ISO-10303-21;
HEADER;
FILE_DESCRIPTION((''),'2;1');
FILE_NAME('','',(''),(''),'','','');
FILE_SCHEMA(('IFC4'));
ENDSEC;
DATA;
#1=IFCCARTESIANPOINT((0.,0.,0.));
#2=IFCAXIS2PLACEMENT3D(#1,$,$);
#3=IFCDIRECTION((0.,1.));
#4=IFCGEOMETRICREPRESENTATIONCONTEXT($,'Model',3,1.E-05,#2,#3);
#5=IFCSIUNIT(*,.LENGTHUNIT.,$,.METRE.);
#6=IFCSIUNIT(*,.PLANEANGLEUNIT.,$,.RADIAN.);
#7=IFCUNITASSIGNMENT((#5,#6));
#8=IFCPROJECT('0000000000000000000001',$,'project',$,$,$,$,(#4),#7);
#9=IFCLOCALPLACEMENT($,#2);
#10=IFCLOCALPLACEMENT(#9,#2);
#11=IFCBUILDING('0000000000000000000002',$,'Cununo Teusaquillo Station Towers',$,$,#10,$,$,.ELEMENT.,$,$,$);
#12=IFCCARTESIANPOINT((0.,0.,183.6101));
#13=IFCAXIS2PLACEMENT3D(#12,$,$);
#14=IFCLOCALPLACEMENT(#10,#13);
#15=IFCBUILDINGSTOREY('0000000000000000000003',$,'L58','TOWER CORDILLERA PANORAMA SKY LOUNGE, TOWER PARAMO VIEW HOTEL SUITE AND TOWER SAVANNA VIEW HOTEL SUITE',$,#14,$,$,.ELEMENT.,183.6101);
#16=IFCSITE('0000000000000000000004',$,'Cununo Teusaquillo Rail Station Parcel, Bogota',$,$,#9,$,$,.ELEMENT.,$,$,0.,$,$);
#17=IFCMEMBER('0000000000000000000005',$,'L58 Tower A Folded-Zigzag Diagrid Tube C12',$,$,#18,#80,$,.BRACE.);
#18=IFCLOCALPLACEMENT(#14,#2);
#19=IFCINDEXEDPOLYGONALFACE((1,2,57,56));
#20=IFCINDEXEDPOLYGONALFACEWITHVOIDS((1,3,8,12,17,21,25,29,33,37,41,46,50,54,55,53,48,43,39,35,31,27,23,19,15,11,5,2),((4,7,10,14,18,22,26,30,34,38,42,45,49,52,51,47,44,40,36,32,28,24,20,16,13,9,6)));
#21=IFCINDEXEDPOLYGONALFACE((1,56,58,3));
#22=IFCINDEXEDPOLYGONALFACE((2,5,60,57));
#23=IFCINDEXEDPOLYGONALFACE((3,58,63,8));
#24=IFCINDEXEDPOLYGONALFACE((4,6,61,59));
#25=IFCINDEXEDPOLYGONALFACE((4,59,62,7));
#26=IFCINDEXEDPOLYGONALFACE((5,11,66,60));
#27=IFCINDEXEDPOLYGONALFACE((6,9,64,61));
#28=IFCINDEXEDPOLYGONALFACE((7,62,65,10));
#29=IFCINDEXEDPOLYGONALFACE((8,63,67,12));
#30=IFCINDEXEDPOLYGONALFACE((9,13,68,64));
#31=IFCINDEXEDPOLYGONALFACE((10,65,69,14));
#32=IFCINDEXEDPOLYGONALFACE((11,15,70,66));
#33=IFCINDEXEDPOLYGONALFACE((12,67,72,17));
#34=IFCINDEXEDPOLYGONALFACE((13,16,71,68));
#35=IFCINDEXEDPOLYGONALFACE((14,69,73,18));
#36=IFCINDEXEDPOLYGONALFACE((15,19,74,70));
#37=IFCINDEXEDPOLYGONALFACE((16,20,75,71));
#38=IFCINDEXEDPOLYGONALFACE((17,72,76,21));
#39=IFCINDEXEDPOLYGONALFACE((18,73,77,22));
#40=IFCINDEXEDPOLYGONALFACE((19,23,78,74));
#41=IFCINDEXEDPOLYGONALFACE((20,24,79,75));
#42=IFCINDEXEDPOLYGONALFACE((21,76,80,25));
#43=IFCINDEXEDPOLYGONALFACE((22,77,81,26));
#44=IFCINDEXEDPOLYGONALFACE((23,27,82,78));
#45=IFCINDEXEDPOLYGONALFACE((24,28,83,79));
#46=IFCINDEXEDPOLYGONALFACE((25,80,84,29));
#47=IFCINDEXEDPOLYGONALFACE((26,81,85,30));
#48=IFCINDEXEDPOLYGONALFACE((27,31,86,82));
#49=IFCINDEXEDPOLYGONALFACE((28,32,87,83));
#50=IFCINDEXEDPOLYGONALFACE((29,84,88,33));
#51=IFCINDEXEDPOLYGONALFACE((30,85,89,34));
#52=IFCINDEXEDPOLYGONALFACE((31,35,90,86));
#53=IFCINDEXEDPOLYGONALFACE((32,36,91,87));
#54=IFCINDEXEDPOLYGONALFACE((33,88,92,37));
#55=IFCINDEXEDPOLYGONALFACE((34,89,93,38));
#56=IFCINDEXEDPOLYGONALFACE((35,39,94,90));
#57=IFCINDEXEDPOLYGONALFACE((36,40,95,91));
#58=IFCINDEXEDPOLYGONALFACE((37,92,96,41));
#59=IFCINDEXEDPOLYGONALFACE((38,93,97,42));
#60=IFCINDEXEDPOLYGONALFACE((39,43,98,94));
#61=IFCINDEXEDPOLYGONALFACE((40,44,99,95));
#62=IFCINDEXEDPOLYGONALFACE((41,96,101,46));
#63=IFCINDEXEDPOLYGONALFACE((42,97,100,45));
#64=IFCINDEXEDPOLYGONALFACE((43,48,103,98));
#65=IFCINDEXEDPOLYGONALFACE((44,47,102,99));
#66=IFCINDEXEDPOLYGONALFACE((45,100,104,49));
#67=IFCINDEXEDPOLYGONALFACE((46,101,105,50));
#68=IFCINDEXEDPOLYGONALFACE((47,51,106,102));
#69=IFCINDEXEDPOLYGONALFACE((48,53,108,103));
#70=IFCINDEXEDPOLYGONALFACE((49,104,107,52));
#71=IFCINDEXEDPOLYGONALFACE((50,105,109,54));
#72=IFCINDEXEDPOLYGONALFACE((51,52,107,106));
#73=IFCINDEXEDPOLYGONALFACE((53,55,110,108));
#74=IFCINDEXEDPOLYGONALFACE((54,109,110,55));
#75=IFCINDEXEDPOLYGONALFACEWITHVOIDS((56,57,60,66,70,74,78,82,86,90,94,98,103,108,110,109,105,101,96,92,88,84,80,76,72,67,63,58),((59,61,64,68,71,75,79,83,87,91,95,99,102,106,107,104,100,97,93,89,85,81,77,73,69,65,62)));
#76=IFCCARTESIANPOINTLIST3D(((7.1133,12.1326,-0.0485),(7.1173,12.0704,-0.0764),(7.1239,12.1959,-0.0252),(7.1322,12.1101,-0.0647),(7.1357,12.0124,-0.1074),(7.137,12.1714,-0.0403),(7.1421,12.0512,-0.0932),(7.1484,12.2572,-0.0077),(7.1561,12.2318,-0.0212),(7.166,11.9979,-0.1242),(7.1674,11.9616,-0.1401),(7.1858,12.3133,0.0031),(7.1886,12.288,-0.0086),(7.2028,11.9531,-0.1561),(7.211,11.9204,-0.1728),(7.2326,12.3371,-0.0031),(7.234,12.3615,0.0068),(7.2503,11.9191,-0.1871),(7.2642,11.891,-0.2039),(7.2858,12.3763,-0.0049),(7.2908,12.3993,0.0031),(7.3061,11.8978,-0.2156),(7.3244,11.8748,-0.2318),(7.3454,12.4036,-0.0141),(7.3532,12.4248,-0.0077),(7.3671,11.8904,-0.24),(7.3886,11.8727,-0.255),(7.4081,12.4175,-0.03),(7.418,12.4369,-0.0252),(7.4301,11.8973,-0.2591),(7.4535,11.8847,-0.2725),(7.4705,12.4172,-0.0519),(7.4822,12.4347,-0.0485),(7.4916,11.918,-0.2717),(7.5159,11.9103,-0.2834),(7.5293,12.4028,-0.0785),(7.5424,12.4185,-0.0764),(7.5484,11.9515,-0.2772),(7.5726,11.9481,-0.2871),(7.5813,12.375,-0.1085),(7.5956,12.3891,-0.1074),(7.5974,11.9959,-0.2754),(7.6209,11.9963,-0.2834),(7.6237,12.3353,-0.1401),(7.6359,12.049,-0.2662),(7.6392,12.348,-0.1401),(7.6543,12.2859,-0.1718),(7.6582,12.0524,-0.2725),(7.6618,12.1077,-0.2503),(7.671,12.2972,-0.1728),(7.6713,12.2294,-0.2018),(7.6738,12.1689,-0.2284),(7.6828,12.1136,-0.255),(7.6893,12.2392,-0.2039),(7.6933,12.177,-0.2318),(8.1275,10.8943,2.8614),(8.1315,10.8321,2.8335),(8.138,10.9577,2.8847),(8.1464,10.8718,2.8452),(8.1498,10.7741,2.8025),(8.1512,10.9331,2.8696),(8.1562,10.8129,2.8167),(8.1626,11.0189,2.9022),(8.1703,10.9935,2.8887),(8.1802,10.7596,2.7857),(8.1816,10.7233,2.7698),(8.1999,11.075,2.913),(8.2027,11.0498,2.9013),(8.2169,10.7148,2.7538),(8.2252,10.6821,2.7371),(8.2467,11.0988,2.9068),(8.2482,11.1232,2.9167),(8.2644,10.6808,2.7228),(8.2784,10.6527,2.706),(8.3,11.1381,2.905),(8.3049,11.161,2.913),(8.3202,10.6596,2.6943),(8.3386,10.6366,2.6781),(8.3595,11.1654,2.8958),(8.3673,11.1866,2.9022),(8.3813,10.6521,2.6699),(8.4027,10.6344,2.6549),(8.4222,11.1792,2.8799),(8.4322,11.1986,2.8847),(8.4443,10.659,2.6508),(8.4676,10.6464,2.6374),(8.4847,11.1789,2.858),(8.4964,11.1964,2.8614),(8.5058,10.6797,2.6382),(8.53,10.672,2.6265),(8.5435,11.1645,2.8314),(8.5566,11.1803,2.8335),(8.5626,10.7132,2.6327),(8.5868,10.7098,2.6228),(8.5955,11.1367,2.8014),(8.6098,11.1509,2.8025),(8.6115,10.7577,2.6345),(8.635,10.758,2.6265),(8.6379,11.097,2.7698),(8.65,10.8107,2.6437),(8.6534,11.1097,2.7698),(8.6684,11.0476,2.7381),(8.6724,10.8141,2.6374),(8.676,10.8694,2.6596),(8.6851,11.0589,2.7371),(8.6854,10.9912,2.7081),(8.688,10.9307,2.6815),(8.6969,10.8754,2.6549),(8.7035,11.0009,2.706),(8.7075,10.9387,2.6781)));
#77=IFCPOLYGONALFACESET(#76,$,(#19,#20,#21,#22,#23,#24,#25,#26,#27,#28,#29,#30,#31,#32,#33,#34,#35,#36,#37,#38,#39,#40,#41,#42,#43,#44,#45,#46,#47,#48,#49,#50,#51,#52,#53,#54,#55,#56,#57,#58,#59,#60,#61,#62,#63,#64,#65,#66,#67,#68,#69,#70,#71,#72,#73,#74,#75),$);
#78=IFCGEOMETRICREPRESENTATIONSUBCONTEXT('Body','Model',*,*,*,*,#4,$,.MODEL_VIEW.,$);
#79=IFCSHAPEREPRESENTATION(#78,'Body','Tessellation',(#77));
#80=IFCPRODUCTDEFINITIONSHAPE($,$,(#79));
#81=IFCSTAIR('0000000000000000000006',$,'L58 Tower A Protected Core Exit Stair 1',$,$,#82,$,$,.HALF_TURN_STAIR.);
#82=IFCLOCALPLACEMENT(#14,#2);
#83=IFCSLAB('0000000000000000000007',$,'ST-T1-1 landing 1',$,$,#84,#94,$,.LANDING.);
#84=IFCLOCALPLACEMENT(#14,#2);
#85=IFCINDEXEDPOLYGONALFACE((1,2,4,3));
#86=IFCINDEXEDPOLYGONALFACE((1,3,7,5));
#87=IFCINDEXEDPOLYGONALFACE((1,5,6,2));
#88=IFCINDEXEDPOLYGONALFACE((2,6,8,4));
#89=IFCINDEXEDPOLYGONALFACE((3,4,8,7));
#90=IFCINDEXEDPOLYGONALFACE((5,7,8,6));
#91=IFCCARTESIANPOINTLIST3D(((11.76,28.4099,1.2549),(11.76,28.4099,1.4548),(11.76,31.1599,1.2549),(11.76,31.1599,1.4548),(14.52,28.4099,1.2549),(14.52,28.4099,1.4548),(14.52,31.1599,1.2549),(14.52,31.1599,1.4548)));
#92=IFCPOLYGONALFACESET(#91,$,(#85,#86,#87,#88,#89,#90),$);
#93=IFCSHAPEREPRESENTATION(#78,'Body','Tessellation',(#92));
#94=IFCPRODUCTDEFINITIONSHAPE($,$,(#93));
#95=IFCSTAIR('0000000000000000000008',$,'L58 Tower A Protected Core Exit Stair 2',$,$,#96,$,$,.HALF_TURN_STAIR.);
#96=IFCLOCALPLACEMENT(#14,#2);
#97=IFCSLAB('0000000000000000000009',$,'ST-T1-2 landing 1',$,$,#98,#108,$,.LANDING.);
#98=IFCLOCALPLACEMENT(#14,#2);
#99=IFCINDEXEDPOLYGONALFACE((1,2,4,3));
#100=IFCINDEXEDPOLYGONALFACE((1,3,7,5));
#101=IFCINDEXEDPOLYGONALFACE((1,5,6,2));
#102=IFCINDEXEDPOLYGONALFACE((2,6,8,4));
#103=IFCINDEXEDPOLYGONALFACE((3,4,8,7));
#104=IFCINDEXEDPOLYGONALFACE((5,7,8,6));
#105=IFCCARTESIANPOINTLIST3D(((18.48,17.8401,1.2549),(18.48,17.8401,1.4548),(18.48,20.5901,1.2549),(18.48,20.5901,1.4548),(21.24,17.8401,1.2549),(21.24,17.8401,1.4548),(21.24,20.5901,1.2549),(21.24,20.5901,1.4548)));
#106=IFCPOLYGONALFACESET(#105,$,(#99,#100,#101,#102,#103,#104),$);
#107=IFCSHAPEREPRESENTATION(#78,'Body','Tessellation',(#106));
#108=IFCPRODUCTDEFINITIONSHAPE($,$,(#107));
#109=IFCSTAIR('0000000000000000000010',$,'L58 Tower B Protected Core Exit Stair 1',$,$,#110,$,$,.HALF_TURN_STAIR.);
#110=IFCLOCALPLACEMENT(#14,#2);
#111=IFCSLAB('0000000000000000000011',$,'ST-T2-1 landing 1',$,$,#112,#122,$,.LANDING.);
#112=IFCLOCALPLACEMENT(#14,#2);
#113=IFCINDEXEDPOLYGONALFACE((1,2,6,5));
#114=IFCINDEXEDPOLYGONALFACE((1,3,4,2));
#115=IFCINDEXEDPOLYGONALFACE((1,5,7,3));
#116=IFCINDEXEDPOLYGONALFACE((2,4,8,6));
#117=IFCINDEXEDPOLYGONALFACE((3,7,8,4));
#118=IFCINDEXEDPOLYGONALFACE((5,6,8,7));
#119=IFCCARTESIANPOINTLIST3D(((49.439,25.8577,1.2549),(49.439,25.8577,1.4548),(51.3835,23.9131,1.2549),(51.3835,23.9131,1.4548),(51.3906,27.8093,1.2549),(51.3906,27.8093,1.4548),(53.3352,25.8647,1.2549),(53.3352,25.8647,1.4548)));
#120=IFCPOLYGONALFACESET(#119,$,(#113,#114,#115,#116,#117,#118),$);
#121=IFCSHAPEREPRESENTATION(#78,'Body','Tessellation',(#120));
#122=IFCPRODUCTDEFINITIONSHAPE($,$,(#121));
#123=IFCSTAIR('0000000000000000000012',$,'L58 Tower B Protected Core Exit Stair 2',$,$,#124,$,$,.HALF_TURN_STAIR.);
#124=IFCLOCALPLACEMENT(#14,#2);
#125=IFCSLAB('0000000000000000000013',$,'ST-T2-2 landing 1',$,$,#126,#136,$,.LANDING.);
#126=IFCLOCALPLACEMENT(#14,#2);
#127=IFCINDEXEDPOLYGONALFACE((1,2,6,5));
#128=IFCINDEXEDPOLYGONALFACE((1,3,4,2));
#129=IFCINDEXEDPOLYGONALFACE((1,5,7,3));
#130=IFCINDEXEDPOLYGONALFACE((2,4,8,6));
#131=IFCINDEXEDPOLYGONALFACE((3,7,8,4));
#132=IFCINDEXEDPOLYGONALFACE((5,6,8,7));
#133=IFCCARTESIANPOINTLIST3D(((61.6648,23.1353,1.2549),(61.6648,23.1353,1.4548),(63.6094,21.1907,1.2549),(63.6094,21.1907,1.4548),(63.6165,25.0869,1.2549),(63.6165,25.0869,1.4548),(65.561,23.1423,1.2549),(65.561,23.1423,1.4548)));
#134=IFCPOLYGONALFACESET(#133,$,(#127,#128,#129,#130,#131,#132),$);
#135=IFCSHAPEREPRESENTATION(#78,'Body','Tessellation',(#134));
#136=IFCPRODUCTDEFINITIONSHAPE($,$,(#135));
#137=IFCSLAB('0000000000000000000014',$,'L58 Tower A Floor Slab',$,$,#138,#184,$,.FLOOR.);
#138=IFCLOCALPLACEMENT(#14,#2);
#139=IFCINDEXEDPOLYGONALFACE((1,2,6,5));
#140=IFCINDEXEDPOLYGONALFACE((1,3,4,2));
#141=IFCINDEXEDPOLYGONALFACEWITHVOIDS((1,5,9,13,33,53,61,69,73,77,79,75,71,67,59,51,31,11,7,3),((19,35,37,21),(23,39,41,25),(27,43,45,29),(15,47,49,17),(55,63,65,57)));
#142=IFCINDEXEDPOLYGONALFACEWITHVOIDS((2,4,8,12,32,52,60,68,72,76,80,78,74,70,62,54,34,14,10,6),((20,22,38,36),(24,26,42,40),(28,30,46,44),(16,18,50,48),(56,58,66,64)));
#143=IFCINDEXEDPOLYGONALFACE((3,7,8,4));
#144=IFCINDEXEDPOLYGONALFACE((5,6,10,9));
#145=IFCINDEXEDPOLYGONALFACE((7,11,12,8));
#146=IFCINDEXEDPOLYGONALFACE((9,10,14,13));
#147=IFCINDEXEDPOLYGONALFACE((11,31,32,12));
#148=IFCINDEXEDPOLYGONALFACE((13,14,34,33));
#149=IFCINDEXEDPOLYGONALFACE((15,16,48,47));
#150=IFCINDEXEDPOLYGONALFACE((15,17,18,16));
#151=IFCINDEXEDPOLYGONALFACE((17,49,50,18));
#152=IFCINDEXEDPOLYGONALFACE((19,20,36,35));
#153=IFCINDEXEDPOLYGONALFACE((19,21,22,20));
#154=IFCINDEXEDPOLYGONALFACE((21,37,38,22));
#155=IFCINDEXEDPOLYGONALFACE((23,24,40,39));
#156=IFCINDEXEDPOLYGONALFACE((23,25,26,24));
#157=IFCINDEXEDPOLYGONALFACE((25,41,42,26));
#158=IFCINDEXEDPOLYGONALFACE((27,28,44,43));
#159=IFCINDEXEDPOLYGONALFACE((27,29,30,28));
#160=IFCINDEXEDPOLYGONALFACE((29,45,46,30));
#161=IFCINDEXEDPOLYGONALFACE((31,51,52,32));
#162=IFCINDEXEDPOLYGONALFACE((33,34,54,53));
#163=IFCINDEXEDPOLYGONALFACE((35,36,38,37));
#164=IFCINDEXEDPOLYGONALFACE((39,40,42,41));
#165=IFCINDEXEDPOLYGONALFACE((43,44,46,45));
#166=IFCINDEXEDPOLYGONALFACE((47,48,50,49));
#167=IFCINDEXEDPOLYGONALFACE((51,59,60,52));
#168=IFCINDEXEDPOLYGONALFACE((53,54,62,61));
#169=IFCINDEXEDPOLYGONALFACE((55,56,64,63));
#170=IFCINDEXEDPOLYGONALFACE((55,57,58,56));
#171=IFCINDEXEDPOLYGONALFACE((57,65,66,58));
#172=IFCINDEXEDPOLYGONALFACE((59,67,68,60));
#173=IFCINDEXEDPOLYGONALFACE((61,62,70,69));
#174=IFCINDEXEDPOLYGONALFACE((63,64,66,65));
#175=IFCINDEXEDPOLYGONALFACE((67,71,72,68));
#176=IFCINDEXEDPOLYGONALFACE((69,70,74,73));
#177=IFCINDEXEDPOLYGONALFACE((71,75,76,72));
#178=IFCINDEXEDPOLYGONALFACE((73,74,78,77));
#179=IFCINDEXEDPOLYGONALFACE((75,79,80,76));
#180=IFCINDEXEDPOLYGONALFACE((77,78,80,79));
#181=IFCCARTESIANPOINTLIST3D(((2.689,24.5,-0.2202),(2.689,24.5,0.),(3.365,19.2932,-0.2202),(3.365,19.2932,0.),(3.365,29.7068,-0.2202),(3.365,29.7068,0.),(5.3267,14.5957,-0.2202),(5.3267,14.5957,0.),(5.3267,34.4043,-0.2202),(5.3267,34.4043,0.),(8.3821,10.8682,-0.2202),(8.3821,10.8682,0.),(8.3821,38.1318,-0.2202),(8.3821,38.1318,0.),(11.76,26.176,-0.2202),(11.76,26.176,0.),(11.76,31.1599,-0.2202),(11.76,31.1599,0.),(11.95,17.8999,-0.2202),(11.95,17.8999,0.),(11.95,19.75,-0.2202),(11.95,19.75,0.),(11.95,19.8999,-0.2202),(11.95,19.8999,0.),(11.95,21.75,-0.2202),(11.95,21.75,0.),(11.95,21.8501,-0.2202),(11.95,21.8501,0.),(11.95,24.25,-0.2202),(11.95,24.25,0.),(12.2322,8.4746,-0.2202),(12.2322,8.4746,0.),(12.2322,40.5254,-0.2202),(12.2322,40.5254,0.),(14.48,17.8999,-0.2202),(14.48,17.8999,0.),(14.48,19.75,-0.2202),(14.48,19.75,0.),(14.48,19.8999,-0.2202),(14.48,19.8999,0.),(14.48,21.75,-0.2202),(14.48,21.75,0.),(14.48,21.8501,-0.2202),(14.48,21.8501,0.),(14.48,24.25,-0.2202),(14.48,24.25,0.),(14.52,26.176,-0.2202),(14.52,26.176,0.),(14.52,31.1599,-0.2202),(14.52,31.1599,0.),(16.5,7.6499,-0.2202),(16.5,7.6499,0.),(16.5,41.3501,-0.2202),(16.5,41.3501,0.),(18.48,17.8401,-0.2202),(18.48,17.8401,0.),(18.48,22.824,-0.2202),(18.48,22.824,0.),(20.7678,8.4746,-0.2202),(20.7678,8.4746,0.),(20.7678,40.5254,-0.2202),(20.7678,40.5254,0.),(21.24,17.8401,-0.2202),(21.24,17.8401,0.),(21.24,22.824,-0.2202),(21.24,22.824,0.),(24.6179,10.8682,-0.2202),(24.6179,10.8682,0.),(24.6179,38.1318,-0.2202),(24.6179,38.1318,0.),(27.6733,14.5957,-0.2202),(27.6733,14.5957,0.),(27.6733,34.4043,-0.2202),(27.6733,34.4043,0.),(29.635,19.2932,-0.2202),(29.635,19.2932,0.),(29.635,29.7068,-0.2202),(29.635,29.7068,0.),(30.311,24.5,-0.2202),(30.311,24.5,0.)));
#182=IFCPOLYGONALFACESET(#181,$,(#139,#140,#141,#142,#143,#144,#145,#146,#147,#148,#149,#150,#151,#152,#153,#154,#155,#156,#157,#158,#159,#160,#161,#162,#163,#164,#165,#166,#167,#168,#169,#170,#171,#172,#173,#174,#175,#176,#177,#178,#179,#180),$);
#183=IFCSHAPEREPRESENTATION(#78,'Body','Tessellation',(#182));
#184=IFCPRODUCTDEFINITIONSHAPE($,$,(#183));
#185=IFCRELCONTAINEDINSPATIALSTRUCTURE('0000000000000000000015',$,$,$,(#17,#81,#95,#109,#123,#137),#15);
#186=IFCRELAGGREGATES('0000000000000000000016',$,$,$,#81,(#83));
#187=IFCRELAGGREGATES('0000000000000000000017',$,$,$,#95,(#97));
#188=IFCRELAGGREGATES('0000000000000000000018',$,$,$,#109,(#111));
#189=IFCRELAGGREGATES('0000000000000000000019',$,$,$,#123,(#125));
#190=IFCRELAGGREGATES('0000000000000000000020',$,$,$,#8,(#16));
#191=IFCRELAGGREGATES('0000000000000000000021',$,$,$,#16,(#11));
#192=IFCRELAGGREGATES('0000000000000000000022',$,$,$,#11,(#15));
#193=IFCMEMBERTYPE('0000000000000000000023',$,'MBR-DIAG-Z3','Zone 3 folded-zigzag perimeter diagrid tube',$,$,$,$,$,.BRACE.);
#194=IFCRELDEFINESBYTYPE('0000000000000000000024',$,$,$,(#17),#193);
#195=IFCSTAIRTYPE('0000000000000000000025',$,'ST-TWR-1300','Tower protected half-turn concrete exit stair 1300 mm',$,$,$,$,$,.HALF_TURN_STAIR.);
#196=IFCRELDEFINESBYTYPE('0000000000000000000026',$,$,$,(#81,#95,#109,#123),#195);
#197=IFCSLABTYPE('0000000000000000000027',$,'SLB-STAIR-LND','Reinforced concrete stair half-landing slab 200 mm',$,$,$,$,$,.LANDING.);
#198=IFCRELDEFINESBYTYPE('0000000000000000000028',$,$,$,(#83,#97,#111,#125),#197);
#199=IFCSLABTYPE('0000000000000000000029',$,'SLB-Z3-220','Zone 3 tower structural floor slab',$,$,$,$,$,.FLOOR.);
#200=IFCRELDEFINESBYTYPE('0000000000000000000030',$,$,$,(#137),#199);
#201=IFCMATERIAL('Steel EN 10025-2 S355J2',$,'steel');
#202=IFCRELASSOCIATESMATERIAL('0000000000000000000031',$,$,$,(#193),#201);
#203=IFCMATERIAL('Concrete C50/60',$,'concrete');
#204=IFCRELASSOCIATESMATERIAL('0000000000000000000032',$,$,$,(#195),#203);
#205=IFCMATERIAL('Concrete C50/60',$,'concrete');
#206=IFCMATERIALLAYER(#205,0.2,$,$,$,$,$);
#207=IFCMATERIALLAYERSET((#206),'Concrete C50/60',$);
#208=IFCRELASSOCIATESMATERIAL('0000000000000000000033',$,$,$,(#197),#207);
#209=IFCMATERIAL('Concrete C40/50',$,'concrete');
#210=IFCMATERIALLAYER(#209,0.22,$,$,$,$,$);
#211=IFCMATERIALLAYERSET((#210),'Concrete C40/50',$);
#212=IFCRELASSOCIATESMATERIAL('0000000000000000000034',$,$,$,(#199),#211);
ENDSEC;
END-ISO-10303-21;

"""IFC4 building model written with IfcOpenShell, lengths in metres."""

from ifc_helpers import new_model, si_unit, direction, frame, origin, origin_2d, place, context, subcontext, project, spatial, polyline, hollow_circle, outline, extrude, material, layer, layer_set, material_profile, profile_set, type_object, element, aggregate, save


model = new_model("IFC4")

# Units and contexts
model_context = context("Model", 3, precision=1e-05, world=origin(), true_north=direction((0.0, 1.0)))
body_context = subcontext(model_context, "Body", "Model", "MODEL_VIEW")
ifc_project = project(units=[si_unit("LENGTHUNIT", "METRE"), si_unit("PLANEANGLEUNIT", "RADIAN")], contexts=[model_context])

# Site, building, storey
site_placement = place(None, origin())
site = spatial("IfcSite", under=ifc_project, at=site_placement, Name="Cununo Teusaquillo Rail Station Parcel, Bogota", CompositionType="ELEMENT", RefElevation=0.0)
building_placement = place(site_placement, origin())
building = spatial("IfcBuilding", under=site, at=building_placement, Name="Cununo Teusaquillo Station Towers", CompositionType="ELEMENT")
storey_placement = place(building_placement, frame((0.0, 0.0, 183.6101)))
storey = spatial("IfcBuildingStorey", under=building, at=storey_placement, Name="L58", Description="TOWER CORDILLERA PANORAMA SKY LOUNGE, TOWER PARAMO VIEW HOTEL SUITE AND TOWER SAVANNA VIEW HOTEL SUITE", CompositionType="ELEMENT", Elevation=183.6101)

# Member
ifc_material_1 = material(Name="Steel EN 10025-2 S355J2", Category="steel")
ifc_material_profile_1 = material_profile(ifc_material_1, hollow_circle(Radius=0.3049, WallThickness=0.02, at=origin_2d()), Name="CHS 610x20")
ifc_profile_set_1 = profile_set([ifc_material_profile_1], Name="Steel EN 10025-2 S355J2")
member_type = type_object("IfcMemberType", Name="MBR-DIAG-Z3", Description="Zone 3 folded-zigzag perimeter diagrid tube", PredefinedType="BRACE", material=ifc_profile_set_1)
member_placement = place(storey_placement, frame((7.4033, 12.1548, -0.1401), z_axis=(0.305372, -0.372857, 0.876199), x_axis=(0.773645, 0.63362, 0.0)))
element("IfcMember", 1, at=member_placement, inside=storey, type_object=member_type, Name="L58 Tower A Folded-Zigzag Diagrid Tube C12", PredefinedType="BRACE", context=body_context, shape_type="SweptSolid", body=[
    extrude(hollow_circle(Radius=0.3049, WallThickness=0.02, at=origin_2d()), origin(), (0.0, 0.0, 1.0), 3.321),
])

# Stairs, slabs
ifc_material_2 = material(Name="Concrete C50/60", Category="concrete")
stair_type = type_object("IfcStairType", Name="ST-TWR-1300", Description="Tower protected half-turn concrete exit stair 1300 mm", PredefinedType="HALF_TURN_STAIR", material=ifc_material_2)
stair_1_placement = place(storey_placement, origin())
stair_1 = element("IfcStair", 2, at=stair_1_placement, inside=storey, type_object=stair_type, Name="L58 Tower A Protected Core Exit Stair 1", PredefinedType="HALF_TURN_STAIR")
ifc_material_3 = material(Name="Concrete C50/60", Category="concrete")
ifc_layer_1 = layer(ifc_material_3, 0.2)
ifc_layer_set_1 = layer_set([ifc_layer_1], Name="Concrete C50/60")
slab_type_1 = type_object("IfcSlabType", Name="SLB-STAIR-LND", Description="Reinforced concrete stair half-landing slab 200 mm", PredefinedType="LANDING", material=ifc_layer_set_1)
slab_1_placement = place(storey_placement, frame((0.0, 0.0, 1.2549)))
slab_1 = element("IfcSlab", 3, at=slab_1_placement, type_object=slab_type_1, Name="ST-T1-1 landing 1", PredefinedType="LANDING", context=body_context, shape_type="SweptSolid", body=[
    extrude(outline(polyline([(14.52, 28.4099), (14.52, 31.1599), (11.76, 31.1599), (11.76, 28.4099), (14.52, 28.4099)])), origin(), (0.0, 0.0, 1.0), 0.2),
])
aggregate(stair_1, [slab_1])
stair_2_placement = place(storey_placement, origin())
stair_2 = element("IfcStair", 4, at=stair_2_placement, inside=storey, type_object=stair_type, Name="L58 Tower A Protected Core Exit Stair 2", PredefinedType="HALF_TURN_STAIR")
slab_2_placement = place(storey_placement, frame((0.0, 0.0, 1.2549)))
slab_2 = element("IfcSlab", 5, at=slab_2_placement, type_object=slab_type_1, Name="ST-T1-2 landing 1", PredefinedType="LANDING", context=body_context, shape_type="SweptSolid", body=[
    extrude(outline(polyline([(18.48, 20.5901), (18.48, 17.8401), (21.24, 17.8401), (21.24, 20.5901), (18.48, 20.5901)])), origin(), (0.0, 0.0, 1.0), 0.2),
])
aggregate(stair_2, [slab_2])
stair_3_placement = place(storey_placement, origin())
stair_3 = element("IfcStair", 6, at=stair_3_placement, inside=storey, type_object=stair_type, Name="L58 Tower B Protected Core Exit Stair 1", PredefinedType="HALF_TURN_STAIR")
slab_3_placement = place(storey_placement, frame((0.0, 0.0, 1.2549)))
slab_3 = element("IfcSlab", 7, at=slab_3_placement, type_object=slab_type_1, Name="ST-T2-1 landing 1", PredefinedType="LANDING", context=body_context, shape_type="SweptSolid", body=[
    extrude(outline(polyline([(53.3352, 25.8647), (51.3906, 27.8093), (49.439, 25.8577), (51.3835, 23.9131), (53.3352, 25.8647)])), origin(), (0.0, 0.0, 1.0), 0.2),
])
aggregate(stair_3, [slab_3])
stair_4_placement = place(storey_placement, origin())
stair_4 = element("IfcStair", 8, at=stair_4_placement, inside=storey, type_object=stair_type, Name="L58 Tower B Protected Core Exit Stair 2", PredefinedType="HALF_TURN_STAIR")
slab_4_placement = place(storey_placement, frame((0.0, 0.0, 1.2549)))
slab_4 = element("IfcSlab", 9, at=slab_4_placement, type_object=slab_type_1, Name="ST-T2-2 landing 1", PredefinedType="LANDING", context=body_context, shape_type="SweptSolid", body=[
    extrude(outline(polyline([(61.6648, 23.1353), (63.6094, 21.1907), (65.561, 23.1423), (63.6165, 25.0869), (61.6648, 23.1353)])), origin(), (0.0, 0.0, 1.0), 0.2),
])
aggregate(stair_4, [slab_4])

# Slab
ifc_material_4 = material(Name="Concrete C40/50", Category="concrete")
ifc_layer_2 = layer(ifc_material_4, 0.22)
ifc_layer_set_2 = layer_set([ifc_layer_2], Name="Concrete C40/50")
slab_type_2 = type_object("IfcSlabType", Name="SLB-Z3-220", Description="Zone 3 tower structural floor slab", PredefinedType="FLOOR", material=ifc_layer_set_2)
slab_5_placement = place(storey_placement, frame((0.0, 0.0, -0.2202)))
element("IfcSlab", 10, at=slab_5_placement, inside=storey, type_object=slab_type_2, Name="L58 Tower A Floor Slab", PredefinedType="FLOOR", context=body_context, shape_type="SweptSolid", body=[
    extrude(outline(polyline([(30.311, 24.5), (29.635, 29.7068), (27.6733, 34.4043), (24.6179, 38.1318), (20.7678, 40.5254), (16.5, 41.3501), (12.2322, 40.5254), (8.3821, 38.1318), (5.3267, 34.4043), (3.365, 29.7068), (2.689, 24.5), (3.365, 19.2932), (5.3267, 14.5957), (8.3821, 10.8682), (12.2322, 8.4746), (16.5, 7.6499), (20.7678, 8.4746), (24.6179, 10.8682), (27.6733, 14.5957), (29.635, 19.2932), (30.311, 24.5)]), holes=[polyline([(14.52, 26.176), (14.52, 31.1599), (11.76, 31.1599), (11.76, 26.176), (14.52, 26.176)]), polyline([(18.48, 22.824), (18.48, 17.8401), (21.24, 17.8401), (21.24, 22.824), (18.48, 22.824)]), polyline([(11.95, 21.8501), (14.48, 21.8501), (14.48, 24.25), (11.95, 24.25), (11.95, 21.8501)]), polyline([(11.95, 17.8999), (14.48, 17.8999), (14.48, 19.75), (11.95, 19.75), (11.95, 17.8999)]), polyline([(11.95, 19.8999), (14.48, 19.8999), (14.48, 21.75), (11.95, 21.75), (11.95, 19.8999)])]), origin(), (0.0, 0.0, 1.0), 0.2202),
])

save(model, "model.ifc")
